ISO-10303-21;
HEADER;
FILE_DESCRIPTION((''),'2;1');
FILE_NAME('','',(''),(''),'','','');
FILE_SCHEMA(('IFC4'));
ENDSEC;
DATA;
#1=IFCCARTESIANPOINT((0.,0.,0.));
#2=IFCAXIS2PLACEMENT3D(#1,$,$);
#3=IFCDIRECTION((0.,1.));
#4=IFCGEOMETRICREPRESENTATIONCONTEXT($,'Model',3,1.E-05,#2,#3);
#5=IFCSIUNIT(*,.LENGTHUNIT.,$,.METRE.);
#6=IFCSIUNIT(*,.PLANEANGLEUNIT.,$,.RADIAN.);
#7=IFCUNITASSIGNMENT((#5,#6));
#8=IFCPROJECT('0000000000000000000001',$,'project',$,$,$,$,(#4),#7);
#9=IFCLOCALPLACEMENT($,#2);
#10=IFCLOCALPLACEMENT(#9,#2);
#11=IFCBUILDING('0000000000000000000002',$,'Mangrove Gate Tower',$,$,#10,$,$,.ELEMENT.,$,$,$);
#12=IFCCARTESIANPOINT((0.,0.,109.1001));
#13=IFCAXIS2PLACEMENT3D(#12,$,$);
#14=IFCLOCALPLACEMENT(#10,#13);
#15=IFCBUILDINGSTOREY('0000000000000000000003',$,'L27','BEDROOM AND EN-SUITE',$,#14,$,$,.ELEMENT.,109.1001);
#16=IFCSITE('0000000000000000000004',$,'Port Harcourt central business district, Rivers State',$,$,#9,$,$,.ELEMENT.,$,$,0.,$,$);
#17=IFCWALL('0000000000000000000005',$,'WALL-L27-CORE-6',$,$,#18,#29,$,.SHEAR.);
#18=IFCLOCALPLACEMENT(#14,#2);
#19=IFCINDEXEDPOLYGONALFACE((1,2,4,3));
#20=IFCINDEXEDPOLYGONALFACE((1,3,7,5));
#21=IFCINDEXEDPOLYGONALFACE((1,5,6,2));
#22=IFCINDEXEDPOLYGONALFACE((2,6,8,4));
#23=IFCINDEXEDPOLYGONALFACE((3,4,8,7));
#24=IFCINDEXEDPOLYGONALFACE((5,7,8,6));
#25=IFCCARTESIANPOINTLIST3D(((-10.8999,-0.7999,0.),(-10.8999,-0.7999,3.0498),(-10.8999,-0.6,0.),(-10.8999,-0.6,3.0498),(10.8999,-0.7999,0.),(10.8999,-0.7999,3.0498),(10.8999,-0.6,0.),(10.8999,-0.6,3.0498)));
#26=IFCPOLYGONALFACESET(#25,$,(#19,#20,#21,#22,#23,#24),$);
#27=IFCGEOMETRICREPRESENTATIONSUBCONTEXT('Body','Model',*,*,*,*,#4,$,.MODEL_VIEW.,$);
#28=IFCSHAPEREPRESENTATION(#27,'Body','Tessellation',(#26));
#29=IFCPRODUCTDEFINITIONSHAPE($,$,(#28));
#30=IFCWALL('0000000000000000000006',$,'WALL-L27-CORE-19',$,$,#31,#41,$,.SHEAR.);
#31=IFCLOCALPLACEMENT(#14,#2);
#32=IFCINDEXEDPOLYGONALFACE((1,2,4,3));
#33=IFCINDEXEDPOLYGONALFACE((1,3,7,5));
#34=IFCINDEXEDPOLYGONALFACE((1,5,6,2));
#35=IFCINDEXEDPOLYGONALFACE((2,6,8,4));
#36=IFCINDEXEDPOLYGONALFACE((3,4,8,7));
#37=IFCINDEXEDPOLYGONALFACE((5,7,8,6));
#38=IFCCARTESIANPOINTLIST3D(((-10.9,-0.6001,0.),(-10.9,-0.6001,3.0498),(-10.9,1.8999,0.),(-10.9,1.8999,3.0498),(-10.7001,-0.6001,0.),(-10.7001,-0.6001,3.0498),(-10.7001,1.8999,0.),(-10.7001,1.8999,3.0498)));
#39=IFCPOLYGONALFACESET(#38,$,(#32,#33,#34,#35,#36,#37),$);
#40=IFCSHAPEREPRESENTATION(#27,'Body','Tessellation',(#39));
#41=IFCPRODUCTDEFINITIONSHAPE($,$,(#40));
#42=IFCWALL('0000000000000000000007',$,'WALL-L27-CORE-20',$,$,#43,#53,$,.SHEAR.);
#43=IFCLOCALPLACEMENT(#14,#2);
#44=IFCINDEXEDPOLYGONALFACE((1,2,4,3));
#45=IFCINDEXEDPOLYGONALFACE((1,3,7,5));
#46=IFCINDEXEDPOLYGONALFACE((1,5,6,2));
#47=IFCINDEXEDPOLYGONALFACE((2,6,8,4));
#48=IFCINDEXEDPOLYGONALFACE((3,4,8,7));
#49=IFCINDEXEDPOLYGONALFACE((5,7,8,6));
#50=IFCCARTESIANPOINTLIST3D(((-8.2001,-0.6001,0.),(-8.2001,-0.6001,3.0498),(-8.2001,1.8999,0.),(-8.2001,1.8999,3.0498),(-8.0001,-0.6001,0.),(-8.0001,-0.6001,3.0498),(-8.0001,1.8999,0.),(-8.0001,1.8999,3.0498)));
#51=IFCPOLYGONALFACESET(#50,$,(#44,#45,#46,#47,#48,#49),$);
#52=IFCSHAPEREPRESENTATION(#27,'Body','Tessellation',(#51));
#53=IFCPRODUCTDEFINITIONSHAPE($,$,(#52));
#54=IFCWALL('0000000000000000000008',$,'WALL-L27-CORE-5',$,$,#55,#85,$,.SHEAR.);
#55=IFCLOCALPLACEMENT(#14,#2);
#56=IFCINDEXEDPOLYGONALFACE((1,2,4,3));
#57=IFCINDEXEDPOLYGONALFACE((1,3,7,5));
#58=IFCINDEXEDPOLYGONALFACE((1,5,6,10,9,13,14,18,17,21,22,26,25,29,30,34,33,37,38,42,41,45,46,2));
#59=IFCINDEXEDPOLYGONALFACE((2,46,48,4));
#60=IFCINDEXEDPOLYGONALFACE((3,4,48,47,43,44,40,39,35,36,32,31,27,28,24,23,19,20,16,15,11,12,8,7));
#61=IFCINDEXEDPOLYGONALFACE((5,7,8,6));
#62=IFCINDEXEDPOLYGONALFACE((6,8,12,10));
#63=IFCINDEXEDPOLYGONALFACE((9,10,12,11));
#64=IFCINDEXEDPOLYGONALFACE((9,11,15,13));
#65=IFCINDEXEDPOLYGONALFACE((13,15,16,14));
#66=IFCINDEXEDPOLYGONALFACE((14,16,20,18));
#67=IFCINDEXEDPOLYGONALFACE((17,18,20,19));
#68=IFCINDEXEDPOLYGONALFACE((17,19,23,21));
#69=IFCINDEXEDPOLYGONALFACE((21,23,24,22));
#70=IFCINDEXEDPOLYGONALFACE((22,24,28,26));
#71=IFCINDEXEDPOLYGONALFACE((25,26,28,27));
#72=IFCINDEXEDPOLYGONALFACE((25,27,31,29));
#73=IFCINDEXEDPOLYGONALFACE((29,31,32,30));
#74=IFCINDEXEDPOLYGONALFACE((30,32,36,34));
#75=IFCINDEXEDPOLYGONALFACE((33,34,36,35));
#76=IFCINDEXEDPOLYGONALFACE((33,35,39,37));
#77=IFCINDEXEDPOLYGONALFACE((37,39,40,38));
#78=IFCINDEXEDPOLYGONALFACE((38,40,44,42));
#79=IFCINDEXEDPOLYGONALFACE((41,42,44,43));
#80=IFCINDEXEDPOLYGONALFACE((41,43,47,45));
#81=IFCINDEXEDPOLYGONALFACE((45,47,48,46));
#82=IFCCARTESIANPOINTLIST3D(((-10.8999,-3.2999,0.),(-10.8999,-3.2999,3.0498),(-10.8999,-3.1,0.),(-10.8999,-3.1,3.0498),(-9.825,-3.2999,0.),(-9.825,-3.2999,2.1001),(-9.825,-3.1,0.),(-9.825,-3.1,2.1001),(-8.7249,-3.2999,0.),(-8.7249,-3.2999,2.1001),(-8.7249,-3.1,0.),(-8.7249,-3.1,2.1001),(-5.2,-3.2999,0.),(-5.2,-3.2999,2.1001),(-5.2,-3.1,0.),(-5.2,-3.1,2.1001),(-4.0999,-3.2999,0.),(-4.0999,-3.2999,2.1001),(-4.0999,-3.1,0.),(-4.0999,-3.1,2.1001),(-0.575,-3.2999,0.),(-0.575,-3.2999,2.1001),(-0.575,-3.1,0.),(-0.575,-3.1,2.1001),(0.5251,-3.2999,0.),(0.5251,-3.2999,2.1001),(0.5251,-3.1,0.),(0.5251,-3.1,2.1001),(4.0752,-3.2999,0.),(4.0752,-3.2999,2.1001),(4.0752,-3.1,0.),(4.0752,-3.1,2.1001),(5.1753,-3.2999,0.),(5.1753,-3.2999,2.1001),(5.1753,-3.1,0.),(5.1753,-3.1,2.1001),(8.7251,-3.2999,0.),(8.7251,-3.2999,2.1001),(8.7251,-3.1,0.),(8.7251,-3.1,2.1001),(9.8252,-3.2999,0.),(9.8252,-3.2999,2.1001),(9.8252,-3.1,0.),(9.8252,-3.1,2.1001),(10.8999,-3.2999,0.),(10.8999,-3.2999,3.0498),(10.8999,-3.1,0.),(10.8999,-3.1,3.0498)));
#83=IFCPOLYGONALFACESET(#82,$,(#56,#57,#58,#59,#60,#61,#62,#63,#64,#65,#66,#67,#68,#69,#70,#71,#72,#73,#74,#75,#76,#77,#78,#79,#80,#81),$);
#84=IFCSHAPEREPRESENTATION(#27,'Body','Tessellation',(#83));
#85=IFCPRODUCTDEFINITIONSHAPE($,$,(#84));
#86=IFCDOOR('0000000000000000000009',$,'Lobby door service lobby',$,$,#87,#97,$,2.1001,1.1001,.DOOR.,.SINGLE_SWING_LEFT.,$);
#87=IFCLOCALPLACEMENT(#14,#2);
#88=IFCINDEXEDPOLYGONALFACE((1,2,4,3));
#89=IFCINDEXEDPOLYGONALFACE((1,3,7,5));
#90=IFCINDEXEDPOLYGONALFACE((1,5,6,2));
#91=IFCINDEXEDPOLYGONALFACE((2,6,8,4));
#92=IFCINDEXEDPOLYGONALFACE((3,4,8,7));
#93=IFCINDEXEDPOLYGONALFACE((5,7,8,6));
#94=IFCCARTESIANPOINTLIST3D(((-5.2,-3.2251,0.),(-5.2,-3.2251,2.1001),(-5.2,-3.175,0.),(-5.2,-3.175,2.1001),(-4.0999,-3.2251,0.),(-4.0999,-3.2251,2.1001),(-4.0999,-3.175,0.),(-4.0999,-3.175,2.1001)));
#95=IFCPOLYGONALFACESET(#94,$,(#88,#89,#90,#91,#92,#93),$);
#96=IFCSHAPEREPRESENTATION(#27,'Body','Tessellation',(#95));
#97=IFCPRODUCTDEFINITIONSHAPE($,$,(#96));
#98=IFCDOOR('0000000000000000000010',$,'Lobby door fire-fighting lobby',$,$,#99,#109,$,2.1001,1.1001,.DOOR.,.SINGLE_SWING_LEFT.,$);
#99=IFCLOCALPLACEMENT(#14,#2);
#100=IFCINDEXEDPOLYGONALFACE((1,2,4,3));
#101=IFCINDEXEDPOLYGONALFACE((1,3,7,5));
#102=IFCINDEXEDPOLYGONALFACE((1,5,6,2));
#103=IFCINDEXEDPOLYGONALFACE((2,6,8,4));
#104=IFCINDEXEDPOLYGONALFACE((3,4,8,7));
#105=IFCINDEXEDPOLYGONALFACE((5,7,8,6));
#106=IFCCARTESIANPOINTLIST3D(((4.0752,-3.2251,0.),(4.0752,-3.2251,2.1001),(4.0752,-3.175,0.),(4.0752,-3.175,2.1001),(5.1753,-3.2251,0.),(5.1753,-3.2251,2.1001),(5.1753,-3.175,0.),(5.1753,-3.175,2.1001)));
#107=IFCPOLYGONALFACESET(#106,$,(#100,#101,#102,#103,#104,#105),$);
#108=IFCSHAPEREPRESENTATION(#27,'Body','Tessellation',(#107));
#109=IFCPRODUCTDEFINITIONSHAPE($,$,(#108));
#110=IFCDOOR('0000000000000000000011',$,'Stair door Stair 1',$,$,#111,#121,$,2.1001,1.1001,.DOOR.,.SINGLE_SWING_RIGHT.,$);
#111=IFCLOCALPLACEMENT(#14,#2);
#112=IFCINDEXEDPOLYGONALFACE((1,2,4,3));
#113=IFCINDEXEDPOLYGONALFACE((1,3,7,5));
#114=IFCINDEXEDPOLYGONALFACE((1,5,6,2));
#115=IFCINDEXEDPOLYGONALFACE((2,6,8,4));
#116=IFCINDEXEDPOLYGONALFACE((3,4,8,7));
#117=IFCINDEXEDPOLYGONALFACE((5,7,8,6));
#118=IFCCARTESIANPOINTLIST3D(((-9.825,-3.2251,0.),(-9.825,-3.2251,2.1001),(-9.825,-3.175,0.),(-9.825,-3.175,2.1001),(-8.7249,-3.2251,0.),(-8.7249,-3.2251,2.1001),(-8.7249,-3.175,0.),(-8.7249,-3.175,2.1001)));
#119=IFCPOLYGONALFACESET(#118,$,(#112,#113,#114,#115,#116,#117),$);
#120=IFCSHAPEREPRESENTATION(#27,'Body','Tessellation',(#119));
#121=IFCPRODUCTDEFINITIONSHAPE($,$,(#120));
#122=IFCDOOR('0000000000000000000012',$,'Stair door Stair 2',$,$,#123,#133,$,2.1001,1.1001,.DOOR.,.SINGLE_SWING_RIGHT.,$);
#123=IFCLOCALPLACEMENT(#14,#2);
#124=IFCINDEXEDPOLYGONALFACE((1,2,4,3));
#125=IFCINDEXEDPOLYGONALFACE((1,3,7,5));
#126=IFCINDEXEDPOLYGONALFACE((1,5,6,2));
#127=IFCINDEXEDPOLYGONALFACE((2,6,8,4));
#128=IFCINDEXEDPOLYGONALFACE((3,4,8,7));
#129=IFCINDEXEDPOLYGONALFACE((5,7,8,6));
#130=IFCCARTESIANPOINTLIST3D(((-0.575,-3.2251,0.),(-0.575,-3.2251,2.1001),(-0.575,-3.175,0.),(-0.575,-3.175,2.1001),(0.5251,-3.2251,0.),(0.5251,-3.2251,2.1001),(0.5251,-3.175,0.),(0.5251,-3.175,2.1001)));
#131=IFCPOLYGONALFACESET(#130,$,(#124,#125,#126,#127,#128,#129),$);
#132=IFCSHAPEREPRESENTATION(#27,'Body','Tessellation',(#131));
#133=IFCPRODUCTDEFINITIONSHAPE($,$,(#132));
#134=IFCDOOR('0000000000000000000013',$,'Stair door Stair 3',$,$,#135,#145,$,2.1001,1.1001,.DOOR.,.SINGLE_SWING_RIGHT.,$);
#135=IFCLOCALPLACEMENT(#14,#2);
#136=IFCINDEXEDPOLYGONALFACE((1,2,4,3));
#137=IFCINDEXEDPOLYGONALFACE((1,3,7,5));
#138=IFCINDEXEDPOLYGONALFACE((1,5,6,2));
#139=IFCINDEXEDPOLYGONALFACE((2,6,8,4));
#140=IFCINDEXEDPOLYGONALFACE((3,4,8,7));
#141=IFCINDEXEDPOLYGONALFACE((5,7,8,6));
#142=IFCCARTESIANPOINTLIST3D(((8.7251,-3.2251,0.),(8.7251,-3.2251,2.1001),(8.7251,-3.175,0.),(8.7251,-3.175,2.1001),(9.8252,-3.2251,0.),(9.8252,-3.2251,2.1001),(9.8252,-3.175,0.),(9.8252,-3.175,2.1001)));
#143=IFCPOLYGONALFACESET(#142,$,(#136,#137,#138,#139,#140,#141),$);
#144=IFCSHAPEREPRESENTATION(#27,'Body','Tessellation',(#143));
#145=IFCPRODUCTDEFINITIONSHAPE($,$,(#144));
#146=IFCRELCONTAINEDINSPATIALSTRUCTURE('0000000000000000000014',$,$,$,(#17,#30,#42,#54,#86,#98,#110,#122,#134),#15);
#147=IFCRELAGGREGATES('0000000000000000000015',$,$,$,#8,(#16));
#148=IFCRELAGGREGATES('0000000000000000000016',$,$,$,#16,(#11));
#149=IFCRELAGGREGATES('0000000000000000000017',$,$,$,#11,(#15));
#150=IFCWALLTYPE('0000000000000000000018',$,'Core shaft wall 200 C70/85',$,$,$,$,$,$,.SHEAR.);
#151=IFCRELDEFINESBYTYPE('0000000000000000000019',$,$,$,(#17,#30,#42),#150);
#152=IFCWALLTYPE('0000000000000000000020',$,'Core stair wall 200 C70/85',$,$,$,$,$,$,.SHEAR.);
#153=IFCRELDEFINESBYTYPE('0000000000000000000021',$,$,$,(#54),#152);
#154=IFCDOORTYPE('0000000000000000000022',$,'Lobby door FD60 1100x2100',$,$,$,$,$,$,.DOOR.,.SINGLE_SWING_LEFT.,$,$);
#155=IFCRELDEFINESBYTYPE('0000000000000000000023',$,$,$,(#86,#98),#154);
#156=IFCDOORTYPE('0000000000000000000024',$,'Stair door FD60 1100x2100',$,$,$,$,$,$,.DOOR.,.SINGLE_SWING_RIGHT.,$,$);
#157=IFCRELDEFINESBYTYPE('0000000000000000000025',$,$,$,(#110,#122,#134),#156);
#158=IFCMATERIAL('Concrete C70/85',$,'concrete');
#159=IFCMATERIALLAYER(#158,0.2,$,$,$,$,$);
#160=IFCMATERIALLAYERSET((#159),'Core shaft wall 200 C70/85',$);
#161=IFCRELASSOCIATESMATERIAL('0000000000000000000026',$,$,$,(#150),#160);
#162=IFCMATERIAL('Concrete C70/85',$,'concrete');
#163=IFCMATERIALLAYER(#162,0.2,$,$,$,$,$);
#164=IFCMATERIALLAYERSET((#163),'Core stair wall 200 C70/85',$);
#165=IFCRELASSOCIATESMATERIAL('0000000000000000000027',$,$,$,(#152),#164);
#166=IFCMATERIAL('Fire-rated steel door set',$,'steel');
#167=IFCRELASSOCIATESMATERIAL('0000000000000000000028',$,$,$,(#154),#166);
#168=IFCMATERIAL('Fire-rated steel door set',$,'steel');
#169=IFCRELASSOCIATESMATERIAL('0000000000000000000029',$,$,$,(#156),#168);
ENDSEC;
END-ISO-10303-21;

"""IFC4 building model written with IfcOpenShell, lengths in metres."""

from ifc_helpers import new_model, si_unit, direction, frame, frame_2d, origin, place, context, subcontext, project, spatial, rectangle, extrude, material, layer, layer_set, type_object, element, fill, save


model = new_model("IFC4")

# Units and contexts
model_context = context("Model", 3, precision=1e-05, world=origin(), true_north=direction((0.0, 1.0)))
body_context = subcontext(model_context, "Body", "Model", "MODEL_VIEW")
ifc_project = project(units=[si_unit("LENGTHUNIT", "METRE"), si_unit("PLANEANGLEUNIT", "RADIAN")], contexts=[model_context])

# Site, building, storey
site_placement = place(None, origin())
site = spatial("IfcSite", under=ifc_project, at=site_placement, Name="Port Harcourt central business district, Rivers State", CompositionType="ELEMENT", RefElevation=0.0)
building_placement = place(site_placement, origin())
building = spatial("IfcBuilding", under=site, at=building_placement, Name="Mangrove Gate Tower", CompositionType="ELEMENT")
storey_placement = place(building_placement, frame((0.0, 0.0, 109.1001)))
storey = spatial("IfcBuildingStorey", under=building, at=storey_placement, Name="L27", Description="BEDROOM AND EN-SUITE", CompositionType="ELEMENT", Elevation=109.1001)

# Walls
ifc_material_1 = material(Name="Concrete C70/85", Category="concrete")
ifc_layer_1 = layer(ifc_material_1, 0.2)
ifc_layer_set_1 = layer_set([ifc_layer_1], Name="Core shaft wall 200 C70/85")
wall_type_1 = type_object("IfcWallType", Name="Core shaft wall 200 C70/85", PredefinedType="SHEAR", material=ifc_layer_set_1)
wall_1_placement = place(storey_placement, frame((-10.8999, -0.7, 0.0), z_axis=(0.0, 0.0, 1.0), x_axis=(1.0, 0.0, 0.0)))
element("IfcWall", 1, at=wall_1_placement, inside=storey, type_object=wall_type_1, Name="WALL-L27-CORE-6", PredefinedType="SHEAR", context=body_context, shape_type="SweptSolid", body=[
    extrude(rectangle(XDim=21.7998, YDim=0.2, at=frame_2d((10.8999, 0.0))), origin(), (0.0, 0.0, 1.0), 3.0498),
])
for number, where, z_axis, x_axis, name in (
    (2, (-10.8, -0.6001, 0.0), (0.0, 0.0, 1.0), (0.0, 1.0, 0.0), "WALL-L27-CORE-19"),
    (3, (-8.1001, -0.6001, 0.0), (0.0, 0.0, 1.0), (0.0, 1.0, 0.0), "WALL-L27-CORE-20"),
):
    element("IfcWall", number, at=place(storey_placement, frame(where, z_axis=z_axis, x_axis=x_axis)), inside=storey, type_object=wall_type_1, Name=name, PredefinedType="SHEAR", context=body_context, shape_type="SweptSolid", body=[
        extrude(rectangle(XDim=2.5, YDim=0.2, at=frame_2d((1.25, 0.0))), origin(), (0.0, 0.0, 1.0), 3.0498),
    ])

# Wall, openings, doors
ifc_material_2 = material(Name="Concrete C70/85", Category="concrete")
ifc_layer_2 = layer(ifc_material_2, 0.2)
ifc_layer_set_2 = layer_set([ifc_layer_2], Name="Core stair wall 200 C70/85")
wall_type_2 = type_object("IfcWallType", Name="Core stair wall 200 C70/85", PredefinedType="SHEAR", material=ifc_layer_set_2)
wall_2_placement = place(storey_placement, frame((-10.8999, -3.2, 0.0), z_axis=(0.0, 0.0, 1.0), x_axis=(1.0, 0.0, 0.0)))
wall_2 = element("IfcWall", 4, at=wall_2_placement, inside=storey, type_object=wall_type_2, Name="WALL-L27-CORE-5", PredefinedType="SHEAR", context=body_context, shape_type="SweptSolid", body=[
    extrude(rectangle(XDim=21.7998, YDim=0.2, at=frame_2d((10.8999, 0.0))), origin(), (0.0, 0.0, 1.0), 3.0498),
])
opening_1_placement = place(wall_2_placement, frame((1.075, 0.0, 0.0)))
opening_1 = element("IfcOpeningElement", 5, at=opening_1_placement, cuts=wall_2, PredefinedType="OPENING", context=body_context, shape_type="SweptSolid", body=[
    extrude(rectangle(XDim=1.1001, YDim=2.1001, at=frame_2d((0.55, 1.05))), frame((0.0, 0.1099, 0.0), z_axis=(0.0, -1.0, 0.0), x_axis=(1.0, 0.0, 0.0)), (0.0, 0.0, 1.0), 0.22),
])
opening_2_placement = place(wall_2_placement, frame((10.325, 0.0, 0.0)))
opening_2 = element("IfcOpeningElement", 6, at=opening_2_placement, cuts=wall_2, PredefinedType="OPENING", context=body_context, shape_type="SweptSolid", body=[
    extrude(rectangle(XDim=1.1001, YDim=2.1001, at=frame_2d((0.55, 1.05))), frame((0.0, 0.1099, 0.0), z_axis=(0.0, -1.0, 0.0), x_axis=(1.0, 0.0, 0.0)), (0.0, 0.0, 1.0), 0.22),
])
opening_3_placement = place(wall_2_placement, frame((19.625, 0.0, 0.0)))
opening_3 = element("IfcOpeningElement", 7, at=opening_3_placement, cuts=wall_2, PredefinedType="OPENING", context=body_context, shape_type="SweptSolid", body=[
    extrude(rectangle(XDim=1.1001, YDim=2.1001, at=frame_2d((0.55, 1.05))), frame((0.0, 0.1099, 0.0), z_axis=(0.0, -1.0, 0.0), x_axis=(1.0, 0.0, 0.0)), (0.0, 0.0, 1.0), 0.22),
])
opening_4_placement = place(wall_2_placement, frame((5.7, 0.0, 0.0)))
opening_4 = element("IfcOpeningElement", 8, at=opening_4_placement, cuts=wall_2, PredefinedType="OPENING", context=body_context, shape_type="SweptSolid", body=[
    extrude(rectangle(XDim=1.1001, YDim=2.1001, at=frame_2d((0.55, 1.05))), frame((0.0, 0.1099, 0.0), z_axis=(0.0, -1.0, 0.0), x_axis=(1.0, 0.0, 0.0)), (0.0, 0.0, 1.0), 0.22),
])
opening_5_placement = place(wall_2_placement, frame((14.9751, 0.0, 0.0)))
opening_5 = element("IfcOpeningElement", 9, at=opening_5_placement, cuts=wall_2, PredefinedType="OPENING", context=body_context, shape_type="SweptSolid", body=[
    extrude(rectangle(XDim=1.1001, YDim=2.1001, at=frame_2d((0.55, 1.05))), frame((0.0, 0.1099, 0.0), z_axis=(0.0, -1.0, 0.0), x_axis=(1.0, 0.0, 0.0)), (0.0, 0.0, 1.0), 0.22),
])
ifc_material_3 = material(Name="Fire-rated steel door set", Category="steel")
door_type_1 = type_object("IfcDoorType", Name="Lobby door FD60 1100x2100", OperationType="SINGLE_SWING_LEFT", PredefinedType="DOOR", material=ifc_material_3)
door_1_placement = place(opening_4_placement, origin())
door_1 = element("IfcDoor", 10, at=door_1_placement, inside=storey, type_object=door_type_1, Name="Lobby door service lobby", OperationType="SINGLE_SWING_LEFT", OverallHeight=2.1001, OverallWidth=1.1001, PredefinedType="DOOR", context=body_context, shape_type="SweptSolid", body=[
    extrude(rectangle(XDim=1.1001, YDim=2.1001, at=frame_2d((0.55, 1.05))), frame((0.0, 0.0249, 0.0), z_axis=(0.0, -1.0, 0.0), x_axis=(1.0, 0.0, 0.0)), (0.0, 0.0, 1.0), 0.05),
])
fill(opening_4, door_1)
door_2_placement = place(opening_5_placement, origin())
door_2 = element("IfcDoor", 11, at=door_2_placement, inside=storey, type_object=door_type_1, Name="Lobby door fire-fighting lobby", OperationType="SINGLE_SWING_LEFT", OverallHeight=2.1001, OverallWidth=1.1001, PredefinedType="DOOR", context=body_context, shape_type="SweptSolid", body=[
    extrude(rectangle(XDim=1.1001, YDim=2.1001, at=frame_2d((0.55, 1.05))), frame((0.0, 0.0249, 0.0), z_axis=(0.0, -1.0, 0.0), x_axis=(1.0, 0.0, 0.0)), (0.0, 0.0, 1.0), 0.05),
])
fill(opening_5, door_2)
ifc_material_4 = material(Name="Fire-rated steel door set", Category="steel")
door_type_2 = type_object("IfcDoorType", Name="Stair door FD60 1100x2100", OperationType="SINGLE_SWING_RIGHT", PredefinedType="DOOR", material=ifc_material_4)
door_3_placement = place(opening_1_placement, origin())
door_3 = element("IfcDoor", 12, at=door_3_placement, inside=storey, type_object=door_type_2, Name="Stair door Stair 1", OperationType="SINGLE_SWING_RIGHT", OverallHeight=2.1001, OverallWidth=1.1001, PredefinedType="DOOR", context=body_context, shape_type="SweptSolid", body=[
    extrude(rectangle(XDim=1.1001, YDim=2.1001, at=frame_2d((0.55, 1.05))), frame((0.0, 0.0249, 0.0), z_axis=(0.0, -1.0, 0.0), x_axis=(1.0, 0.0, 0.0)), (0.0, 0.0, 1.0), 0.05),
])
fill(opening_1, door_3)
door_4_placement = place(opening_2_placement, origin())
door_4 = element("IfcDoor", 13, at=door_4_placement, inside=storey, type_object=door_type_2, Name="Stair door Stair 2", OperationType="SINGLE_SWING_RIGHT", OverallHeight=2.1001, OverallWidth=1.1001, PredefinedType="DOOR", context=body_context, shape_type="SweptSolid", body=[
    extrude(rectangle(XDim=1.1001, YDim=2.1001, at=frame_2d((0.55, 1.05))), frame((0.0, 0.0249, 0.0), z_axis=(0.0, -1.0, 0.0), x_axis=(1.0, 0.0, 0.0)), (0.0, 0.0, 1.0), 0.05),
])
fill(opening_2, door_4)
door_5_placement = place(opening_3_placement, origin())
door_5 = element("IfcDoor", 14, at=door_5_placement, inside=storey, type_object=door_type_2, Name="Stair door Stair 3", OperationType="SINGLE_SWING_RIGHT", OverallHeight=2.1001, OverallWidth=1.1001, PredefinedType="DOOR", context=body_context, shape_type="SweptSolid", body=[
    extrude(rectangle(XDim=1.1001, YDim=2.1001, at=frame_2d((0.55, 1.05))), frame((0.0, 0.0249, 0.0), z_axis=(0.0, -1.0, 0.0), x_axis=(1.0, 0.0, 0.0)), (0.0, 0.0, 1.0), 0.05),
])
fill(opening_3, door_5)

save(model, "model.ifc")
